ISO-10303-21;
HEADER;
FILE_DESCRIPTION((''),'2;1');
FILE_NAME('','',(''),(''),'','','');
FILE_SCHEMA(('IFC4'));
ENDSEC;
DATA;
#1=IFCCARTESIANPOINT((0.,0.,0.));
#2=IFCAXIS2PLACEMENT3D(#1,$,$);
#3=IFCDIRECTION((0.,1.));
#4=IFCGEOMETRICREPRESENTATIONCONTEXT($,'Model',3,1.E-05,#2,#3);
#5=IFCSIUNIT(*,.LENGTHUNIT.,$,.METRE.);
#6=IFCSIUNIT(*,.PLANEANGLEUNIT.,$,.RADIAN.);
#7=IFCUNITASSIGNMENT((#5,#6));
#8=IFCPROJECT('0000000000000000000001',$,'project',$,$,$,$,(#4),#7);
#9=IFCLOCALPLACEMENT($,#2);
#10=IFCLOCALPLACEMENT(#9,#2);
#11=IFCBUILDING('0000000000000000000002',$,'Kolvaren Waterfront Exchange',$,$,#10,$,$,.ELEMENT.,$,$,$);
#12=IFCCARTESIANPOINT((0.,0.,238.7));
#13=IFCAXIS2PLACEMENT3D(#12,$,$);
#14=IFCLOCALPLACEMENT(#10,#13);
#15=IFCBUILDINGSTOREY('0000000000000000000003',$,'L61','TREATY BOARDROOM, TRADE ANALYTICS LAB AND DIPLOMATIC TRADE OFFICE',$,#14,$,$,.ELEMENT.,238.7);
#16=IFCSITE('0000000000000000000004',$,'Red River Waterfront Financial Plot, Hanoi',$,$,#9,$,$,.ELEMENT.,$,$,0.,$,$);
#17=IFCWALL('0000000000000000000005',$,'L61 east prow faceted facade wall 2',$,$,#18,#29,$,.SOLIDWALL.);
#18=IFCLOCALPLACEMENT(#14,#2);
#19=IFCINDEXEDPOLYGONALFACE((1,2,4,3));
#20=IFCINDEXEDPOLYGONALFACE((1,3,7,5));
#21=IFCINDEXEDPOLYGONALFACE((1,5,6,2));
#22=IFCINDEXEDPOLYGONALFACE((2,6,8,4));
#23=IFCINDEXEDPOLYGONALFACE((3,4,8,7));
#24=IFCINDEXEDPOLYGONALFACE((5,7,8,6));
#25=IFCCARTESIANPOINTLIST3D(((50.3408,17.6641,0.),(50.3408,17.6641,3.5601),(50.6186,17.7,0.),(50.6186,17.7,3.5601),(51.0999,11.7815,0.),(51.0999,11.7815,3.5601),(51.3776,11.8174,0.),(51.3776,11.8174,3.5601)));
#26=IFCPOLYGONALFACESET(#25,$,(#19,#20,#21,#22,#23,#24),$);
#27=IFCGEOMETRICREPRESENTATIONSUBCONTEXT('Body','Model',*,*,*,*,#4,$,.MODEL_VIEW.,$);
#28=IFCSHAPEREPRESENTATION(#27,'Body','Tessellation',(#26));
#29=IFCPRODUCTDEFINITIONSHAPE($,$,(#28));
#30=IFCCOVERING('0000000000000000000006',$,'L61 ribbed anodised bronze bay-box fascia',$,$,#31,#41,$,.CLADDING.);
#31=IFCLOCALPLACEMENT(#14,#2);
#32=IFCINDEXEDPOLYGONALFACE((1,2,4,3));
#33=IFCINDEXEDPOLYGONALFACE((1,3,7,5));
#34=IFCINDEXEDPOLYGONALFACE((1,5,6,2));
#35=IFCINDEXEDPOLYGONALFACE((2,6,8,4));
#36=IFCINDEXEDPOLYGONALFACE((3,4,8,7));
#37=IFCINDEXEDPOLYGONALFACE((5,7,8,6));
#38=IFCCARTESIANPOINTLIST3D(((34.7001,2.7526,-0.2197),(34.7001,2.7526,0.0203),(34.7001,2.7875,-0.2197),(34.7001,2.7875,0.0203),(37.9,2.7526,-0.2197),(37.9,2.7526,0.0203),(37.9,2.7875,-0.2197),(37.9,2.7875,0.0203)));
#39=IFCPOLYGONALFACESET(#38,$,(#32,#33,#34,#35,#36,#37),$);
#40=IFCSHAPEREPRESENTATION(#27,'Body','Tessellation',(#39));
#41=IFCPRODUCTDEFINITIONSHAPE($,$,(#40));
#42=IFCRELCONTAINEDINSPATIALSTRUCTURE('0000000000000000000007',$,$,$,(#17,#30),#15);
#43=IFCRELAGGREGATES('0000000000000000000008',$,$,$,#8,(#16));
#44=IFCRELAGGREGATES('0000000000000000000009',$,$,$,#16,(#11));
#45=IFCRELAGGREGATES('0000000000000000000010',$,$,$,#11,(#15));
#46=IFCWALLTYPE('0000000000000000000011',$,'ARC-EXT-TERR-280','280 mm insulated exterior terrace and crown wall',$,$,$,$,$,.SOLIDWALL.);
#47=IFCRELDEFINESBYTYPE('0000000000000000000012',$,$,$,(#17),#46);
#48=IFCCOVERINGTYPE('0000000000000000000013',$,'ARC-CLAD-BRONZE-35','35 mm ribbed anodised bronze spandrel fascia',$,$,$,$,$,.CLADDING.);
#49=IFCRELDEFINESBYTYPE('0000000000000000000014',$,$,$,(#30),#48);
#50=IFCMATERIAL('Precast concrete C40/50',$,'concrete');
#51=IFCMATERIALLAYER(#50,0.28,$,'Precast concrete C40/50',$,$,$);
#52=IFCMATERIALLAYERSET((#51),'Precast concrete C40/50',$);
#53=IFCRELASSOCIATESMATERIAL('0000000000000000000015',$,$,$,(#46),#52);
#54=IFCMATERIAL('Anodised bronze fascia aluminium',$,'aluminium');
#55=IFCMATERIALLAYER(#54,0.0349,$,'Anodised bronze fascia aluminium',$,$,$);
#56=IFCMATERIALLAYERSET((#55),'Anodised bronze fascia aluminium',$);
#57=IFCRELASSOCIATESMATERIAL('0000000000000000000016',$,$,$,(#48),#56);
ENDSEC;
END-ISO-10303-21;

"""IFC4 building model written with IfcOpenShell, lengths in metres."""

from ifc_helpers import new_model, si_unit, direction, frame, frame_2d, origin, origin_2d, place, context, subcontext, project, spatial, rectangle, extrude, material, layer, layer_set, type_object, element, save


model = new_model("IFC4")

# Units and contexts
model_context = context("Model", 3, precision=1e-05, world=origin(), true_north=direction((0.0, 1.0)))
body_context = subcontext(model_context, "Body", "Model", "MODEL_VIEW")
ifc_project = project(units=[si_unit("LENGTHUNIT", "METRE"), si_unit("PLANEANGLEUNIT", "RADIAN")], contexts=[model_context])

# Site, building, storey
site_placement = place(None, origin())
site = spatial("IfcSite", under=ifc_project, at=site_placement, Name="Red River Waterfront Financial Plot, Hanoi", CompositionType="ELEMENT", RefElevation=0.0)
building_placement = place(site_placement, origin())
building = spatial("IfcBuilding", under=site, at=building_placement, Name="Kolvaren Waterfront Exchange", CompositionType="ELEMENT")
storey_placement = place(building_placement, frame((0.0, 0.0, 238.7)))
storey = spatial("IfcBuildingStorey", under=building, at=storey_placement, Name="L61", Description="TREATY BOARDROOM, TRADE ANALYTICS LAB AND DIPLOMATIC TRADE OFFICE", CompositionType="ELEMENT", Elevation=238.7)

# Wall
ifc_material_1 = material(Name="Precast concrete C40/50", Category="concrete")
ifc_layer_1 = layer(ifc_material_1, 0.28, Name="Precast concrete C40/50")
ifc_layer_set_1 = layer_set([ifc_layer_1], Name="Precast concrete C40/50")
wall_type = type_object("IfcWallType", Name="ARC-EXT-TERR-280", Description="280 mm insulated exterior terrace and crown wall", PredefinedType="SOLIDWALL", material=ifc_layer_set_1)
for number, where, z_axis, x_axis, name in (
    (1, (51.2388, 11.7993, 0.0), (0.0, 0.0, 1.0), (-0.12797, 0.991778, 0.0), "L61 east prow faceted facade wall 2"),
):
    element("IfcWall", number, at=place(storey_placement, frame(where, z_axis=z_axis, x_axis=x_axis)), inside=storey, type_object=wall_type, Name=name, PredefinedType="SOLIDWALL", context=body_context, shape_type="SweptSolid", body=[
        extrude(rectangle(XDim=5.9314, YDim=0.28, at=frame_2d((2.9658, 0.0))), origin(), (0.0, 0.0, 1.0), 3.5601),
    ])

# Covering
ifc_material_2 = material(Name="Anodised bronze fascia aluminium", Category="aluminium")
ifc_layer_2 = layer(ifc_material_2, 0.0349, Name="Anodised bronze fascia aluminium")
ifc_layer_set_2 = layer_set([ifc_layer_2], Name="Anodised bronze fascia aluminium")
covering_type = type_object("IfcCoveringType", Name="ARC-CLAD-BRONZE-35", Description="35 mm ribbed anodised bronze spandrel fascia", PredefinedType="CLADDING", material=ifc_layer_set_2)
covering_placement = place(storey_placement, frame((36.3, 2.77, -0.2197), z_axis=(0.0, 0.0, 1.0), x_axis=(1.0, 0.0, 0.0)))
element("IfcCovering", 2, at=covering_placement, inside=storey, type_object=covering_type, Name="L61 ribbed anodised bronze bay-box fascia", PredefinedType="CLADDING", context=body_context, shape_type="SweptSolid", body=[
    extrude(rectangle(XDim=3.2, YDim=0.0349, at=origin_2d()), origin(), (0.0, 0.0, 1.0), 0.24),
])

save(model, "model.ifc")
